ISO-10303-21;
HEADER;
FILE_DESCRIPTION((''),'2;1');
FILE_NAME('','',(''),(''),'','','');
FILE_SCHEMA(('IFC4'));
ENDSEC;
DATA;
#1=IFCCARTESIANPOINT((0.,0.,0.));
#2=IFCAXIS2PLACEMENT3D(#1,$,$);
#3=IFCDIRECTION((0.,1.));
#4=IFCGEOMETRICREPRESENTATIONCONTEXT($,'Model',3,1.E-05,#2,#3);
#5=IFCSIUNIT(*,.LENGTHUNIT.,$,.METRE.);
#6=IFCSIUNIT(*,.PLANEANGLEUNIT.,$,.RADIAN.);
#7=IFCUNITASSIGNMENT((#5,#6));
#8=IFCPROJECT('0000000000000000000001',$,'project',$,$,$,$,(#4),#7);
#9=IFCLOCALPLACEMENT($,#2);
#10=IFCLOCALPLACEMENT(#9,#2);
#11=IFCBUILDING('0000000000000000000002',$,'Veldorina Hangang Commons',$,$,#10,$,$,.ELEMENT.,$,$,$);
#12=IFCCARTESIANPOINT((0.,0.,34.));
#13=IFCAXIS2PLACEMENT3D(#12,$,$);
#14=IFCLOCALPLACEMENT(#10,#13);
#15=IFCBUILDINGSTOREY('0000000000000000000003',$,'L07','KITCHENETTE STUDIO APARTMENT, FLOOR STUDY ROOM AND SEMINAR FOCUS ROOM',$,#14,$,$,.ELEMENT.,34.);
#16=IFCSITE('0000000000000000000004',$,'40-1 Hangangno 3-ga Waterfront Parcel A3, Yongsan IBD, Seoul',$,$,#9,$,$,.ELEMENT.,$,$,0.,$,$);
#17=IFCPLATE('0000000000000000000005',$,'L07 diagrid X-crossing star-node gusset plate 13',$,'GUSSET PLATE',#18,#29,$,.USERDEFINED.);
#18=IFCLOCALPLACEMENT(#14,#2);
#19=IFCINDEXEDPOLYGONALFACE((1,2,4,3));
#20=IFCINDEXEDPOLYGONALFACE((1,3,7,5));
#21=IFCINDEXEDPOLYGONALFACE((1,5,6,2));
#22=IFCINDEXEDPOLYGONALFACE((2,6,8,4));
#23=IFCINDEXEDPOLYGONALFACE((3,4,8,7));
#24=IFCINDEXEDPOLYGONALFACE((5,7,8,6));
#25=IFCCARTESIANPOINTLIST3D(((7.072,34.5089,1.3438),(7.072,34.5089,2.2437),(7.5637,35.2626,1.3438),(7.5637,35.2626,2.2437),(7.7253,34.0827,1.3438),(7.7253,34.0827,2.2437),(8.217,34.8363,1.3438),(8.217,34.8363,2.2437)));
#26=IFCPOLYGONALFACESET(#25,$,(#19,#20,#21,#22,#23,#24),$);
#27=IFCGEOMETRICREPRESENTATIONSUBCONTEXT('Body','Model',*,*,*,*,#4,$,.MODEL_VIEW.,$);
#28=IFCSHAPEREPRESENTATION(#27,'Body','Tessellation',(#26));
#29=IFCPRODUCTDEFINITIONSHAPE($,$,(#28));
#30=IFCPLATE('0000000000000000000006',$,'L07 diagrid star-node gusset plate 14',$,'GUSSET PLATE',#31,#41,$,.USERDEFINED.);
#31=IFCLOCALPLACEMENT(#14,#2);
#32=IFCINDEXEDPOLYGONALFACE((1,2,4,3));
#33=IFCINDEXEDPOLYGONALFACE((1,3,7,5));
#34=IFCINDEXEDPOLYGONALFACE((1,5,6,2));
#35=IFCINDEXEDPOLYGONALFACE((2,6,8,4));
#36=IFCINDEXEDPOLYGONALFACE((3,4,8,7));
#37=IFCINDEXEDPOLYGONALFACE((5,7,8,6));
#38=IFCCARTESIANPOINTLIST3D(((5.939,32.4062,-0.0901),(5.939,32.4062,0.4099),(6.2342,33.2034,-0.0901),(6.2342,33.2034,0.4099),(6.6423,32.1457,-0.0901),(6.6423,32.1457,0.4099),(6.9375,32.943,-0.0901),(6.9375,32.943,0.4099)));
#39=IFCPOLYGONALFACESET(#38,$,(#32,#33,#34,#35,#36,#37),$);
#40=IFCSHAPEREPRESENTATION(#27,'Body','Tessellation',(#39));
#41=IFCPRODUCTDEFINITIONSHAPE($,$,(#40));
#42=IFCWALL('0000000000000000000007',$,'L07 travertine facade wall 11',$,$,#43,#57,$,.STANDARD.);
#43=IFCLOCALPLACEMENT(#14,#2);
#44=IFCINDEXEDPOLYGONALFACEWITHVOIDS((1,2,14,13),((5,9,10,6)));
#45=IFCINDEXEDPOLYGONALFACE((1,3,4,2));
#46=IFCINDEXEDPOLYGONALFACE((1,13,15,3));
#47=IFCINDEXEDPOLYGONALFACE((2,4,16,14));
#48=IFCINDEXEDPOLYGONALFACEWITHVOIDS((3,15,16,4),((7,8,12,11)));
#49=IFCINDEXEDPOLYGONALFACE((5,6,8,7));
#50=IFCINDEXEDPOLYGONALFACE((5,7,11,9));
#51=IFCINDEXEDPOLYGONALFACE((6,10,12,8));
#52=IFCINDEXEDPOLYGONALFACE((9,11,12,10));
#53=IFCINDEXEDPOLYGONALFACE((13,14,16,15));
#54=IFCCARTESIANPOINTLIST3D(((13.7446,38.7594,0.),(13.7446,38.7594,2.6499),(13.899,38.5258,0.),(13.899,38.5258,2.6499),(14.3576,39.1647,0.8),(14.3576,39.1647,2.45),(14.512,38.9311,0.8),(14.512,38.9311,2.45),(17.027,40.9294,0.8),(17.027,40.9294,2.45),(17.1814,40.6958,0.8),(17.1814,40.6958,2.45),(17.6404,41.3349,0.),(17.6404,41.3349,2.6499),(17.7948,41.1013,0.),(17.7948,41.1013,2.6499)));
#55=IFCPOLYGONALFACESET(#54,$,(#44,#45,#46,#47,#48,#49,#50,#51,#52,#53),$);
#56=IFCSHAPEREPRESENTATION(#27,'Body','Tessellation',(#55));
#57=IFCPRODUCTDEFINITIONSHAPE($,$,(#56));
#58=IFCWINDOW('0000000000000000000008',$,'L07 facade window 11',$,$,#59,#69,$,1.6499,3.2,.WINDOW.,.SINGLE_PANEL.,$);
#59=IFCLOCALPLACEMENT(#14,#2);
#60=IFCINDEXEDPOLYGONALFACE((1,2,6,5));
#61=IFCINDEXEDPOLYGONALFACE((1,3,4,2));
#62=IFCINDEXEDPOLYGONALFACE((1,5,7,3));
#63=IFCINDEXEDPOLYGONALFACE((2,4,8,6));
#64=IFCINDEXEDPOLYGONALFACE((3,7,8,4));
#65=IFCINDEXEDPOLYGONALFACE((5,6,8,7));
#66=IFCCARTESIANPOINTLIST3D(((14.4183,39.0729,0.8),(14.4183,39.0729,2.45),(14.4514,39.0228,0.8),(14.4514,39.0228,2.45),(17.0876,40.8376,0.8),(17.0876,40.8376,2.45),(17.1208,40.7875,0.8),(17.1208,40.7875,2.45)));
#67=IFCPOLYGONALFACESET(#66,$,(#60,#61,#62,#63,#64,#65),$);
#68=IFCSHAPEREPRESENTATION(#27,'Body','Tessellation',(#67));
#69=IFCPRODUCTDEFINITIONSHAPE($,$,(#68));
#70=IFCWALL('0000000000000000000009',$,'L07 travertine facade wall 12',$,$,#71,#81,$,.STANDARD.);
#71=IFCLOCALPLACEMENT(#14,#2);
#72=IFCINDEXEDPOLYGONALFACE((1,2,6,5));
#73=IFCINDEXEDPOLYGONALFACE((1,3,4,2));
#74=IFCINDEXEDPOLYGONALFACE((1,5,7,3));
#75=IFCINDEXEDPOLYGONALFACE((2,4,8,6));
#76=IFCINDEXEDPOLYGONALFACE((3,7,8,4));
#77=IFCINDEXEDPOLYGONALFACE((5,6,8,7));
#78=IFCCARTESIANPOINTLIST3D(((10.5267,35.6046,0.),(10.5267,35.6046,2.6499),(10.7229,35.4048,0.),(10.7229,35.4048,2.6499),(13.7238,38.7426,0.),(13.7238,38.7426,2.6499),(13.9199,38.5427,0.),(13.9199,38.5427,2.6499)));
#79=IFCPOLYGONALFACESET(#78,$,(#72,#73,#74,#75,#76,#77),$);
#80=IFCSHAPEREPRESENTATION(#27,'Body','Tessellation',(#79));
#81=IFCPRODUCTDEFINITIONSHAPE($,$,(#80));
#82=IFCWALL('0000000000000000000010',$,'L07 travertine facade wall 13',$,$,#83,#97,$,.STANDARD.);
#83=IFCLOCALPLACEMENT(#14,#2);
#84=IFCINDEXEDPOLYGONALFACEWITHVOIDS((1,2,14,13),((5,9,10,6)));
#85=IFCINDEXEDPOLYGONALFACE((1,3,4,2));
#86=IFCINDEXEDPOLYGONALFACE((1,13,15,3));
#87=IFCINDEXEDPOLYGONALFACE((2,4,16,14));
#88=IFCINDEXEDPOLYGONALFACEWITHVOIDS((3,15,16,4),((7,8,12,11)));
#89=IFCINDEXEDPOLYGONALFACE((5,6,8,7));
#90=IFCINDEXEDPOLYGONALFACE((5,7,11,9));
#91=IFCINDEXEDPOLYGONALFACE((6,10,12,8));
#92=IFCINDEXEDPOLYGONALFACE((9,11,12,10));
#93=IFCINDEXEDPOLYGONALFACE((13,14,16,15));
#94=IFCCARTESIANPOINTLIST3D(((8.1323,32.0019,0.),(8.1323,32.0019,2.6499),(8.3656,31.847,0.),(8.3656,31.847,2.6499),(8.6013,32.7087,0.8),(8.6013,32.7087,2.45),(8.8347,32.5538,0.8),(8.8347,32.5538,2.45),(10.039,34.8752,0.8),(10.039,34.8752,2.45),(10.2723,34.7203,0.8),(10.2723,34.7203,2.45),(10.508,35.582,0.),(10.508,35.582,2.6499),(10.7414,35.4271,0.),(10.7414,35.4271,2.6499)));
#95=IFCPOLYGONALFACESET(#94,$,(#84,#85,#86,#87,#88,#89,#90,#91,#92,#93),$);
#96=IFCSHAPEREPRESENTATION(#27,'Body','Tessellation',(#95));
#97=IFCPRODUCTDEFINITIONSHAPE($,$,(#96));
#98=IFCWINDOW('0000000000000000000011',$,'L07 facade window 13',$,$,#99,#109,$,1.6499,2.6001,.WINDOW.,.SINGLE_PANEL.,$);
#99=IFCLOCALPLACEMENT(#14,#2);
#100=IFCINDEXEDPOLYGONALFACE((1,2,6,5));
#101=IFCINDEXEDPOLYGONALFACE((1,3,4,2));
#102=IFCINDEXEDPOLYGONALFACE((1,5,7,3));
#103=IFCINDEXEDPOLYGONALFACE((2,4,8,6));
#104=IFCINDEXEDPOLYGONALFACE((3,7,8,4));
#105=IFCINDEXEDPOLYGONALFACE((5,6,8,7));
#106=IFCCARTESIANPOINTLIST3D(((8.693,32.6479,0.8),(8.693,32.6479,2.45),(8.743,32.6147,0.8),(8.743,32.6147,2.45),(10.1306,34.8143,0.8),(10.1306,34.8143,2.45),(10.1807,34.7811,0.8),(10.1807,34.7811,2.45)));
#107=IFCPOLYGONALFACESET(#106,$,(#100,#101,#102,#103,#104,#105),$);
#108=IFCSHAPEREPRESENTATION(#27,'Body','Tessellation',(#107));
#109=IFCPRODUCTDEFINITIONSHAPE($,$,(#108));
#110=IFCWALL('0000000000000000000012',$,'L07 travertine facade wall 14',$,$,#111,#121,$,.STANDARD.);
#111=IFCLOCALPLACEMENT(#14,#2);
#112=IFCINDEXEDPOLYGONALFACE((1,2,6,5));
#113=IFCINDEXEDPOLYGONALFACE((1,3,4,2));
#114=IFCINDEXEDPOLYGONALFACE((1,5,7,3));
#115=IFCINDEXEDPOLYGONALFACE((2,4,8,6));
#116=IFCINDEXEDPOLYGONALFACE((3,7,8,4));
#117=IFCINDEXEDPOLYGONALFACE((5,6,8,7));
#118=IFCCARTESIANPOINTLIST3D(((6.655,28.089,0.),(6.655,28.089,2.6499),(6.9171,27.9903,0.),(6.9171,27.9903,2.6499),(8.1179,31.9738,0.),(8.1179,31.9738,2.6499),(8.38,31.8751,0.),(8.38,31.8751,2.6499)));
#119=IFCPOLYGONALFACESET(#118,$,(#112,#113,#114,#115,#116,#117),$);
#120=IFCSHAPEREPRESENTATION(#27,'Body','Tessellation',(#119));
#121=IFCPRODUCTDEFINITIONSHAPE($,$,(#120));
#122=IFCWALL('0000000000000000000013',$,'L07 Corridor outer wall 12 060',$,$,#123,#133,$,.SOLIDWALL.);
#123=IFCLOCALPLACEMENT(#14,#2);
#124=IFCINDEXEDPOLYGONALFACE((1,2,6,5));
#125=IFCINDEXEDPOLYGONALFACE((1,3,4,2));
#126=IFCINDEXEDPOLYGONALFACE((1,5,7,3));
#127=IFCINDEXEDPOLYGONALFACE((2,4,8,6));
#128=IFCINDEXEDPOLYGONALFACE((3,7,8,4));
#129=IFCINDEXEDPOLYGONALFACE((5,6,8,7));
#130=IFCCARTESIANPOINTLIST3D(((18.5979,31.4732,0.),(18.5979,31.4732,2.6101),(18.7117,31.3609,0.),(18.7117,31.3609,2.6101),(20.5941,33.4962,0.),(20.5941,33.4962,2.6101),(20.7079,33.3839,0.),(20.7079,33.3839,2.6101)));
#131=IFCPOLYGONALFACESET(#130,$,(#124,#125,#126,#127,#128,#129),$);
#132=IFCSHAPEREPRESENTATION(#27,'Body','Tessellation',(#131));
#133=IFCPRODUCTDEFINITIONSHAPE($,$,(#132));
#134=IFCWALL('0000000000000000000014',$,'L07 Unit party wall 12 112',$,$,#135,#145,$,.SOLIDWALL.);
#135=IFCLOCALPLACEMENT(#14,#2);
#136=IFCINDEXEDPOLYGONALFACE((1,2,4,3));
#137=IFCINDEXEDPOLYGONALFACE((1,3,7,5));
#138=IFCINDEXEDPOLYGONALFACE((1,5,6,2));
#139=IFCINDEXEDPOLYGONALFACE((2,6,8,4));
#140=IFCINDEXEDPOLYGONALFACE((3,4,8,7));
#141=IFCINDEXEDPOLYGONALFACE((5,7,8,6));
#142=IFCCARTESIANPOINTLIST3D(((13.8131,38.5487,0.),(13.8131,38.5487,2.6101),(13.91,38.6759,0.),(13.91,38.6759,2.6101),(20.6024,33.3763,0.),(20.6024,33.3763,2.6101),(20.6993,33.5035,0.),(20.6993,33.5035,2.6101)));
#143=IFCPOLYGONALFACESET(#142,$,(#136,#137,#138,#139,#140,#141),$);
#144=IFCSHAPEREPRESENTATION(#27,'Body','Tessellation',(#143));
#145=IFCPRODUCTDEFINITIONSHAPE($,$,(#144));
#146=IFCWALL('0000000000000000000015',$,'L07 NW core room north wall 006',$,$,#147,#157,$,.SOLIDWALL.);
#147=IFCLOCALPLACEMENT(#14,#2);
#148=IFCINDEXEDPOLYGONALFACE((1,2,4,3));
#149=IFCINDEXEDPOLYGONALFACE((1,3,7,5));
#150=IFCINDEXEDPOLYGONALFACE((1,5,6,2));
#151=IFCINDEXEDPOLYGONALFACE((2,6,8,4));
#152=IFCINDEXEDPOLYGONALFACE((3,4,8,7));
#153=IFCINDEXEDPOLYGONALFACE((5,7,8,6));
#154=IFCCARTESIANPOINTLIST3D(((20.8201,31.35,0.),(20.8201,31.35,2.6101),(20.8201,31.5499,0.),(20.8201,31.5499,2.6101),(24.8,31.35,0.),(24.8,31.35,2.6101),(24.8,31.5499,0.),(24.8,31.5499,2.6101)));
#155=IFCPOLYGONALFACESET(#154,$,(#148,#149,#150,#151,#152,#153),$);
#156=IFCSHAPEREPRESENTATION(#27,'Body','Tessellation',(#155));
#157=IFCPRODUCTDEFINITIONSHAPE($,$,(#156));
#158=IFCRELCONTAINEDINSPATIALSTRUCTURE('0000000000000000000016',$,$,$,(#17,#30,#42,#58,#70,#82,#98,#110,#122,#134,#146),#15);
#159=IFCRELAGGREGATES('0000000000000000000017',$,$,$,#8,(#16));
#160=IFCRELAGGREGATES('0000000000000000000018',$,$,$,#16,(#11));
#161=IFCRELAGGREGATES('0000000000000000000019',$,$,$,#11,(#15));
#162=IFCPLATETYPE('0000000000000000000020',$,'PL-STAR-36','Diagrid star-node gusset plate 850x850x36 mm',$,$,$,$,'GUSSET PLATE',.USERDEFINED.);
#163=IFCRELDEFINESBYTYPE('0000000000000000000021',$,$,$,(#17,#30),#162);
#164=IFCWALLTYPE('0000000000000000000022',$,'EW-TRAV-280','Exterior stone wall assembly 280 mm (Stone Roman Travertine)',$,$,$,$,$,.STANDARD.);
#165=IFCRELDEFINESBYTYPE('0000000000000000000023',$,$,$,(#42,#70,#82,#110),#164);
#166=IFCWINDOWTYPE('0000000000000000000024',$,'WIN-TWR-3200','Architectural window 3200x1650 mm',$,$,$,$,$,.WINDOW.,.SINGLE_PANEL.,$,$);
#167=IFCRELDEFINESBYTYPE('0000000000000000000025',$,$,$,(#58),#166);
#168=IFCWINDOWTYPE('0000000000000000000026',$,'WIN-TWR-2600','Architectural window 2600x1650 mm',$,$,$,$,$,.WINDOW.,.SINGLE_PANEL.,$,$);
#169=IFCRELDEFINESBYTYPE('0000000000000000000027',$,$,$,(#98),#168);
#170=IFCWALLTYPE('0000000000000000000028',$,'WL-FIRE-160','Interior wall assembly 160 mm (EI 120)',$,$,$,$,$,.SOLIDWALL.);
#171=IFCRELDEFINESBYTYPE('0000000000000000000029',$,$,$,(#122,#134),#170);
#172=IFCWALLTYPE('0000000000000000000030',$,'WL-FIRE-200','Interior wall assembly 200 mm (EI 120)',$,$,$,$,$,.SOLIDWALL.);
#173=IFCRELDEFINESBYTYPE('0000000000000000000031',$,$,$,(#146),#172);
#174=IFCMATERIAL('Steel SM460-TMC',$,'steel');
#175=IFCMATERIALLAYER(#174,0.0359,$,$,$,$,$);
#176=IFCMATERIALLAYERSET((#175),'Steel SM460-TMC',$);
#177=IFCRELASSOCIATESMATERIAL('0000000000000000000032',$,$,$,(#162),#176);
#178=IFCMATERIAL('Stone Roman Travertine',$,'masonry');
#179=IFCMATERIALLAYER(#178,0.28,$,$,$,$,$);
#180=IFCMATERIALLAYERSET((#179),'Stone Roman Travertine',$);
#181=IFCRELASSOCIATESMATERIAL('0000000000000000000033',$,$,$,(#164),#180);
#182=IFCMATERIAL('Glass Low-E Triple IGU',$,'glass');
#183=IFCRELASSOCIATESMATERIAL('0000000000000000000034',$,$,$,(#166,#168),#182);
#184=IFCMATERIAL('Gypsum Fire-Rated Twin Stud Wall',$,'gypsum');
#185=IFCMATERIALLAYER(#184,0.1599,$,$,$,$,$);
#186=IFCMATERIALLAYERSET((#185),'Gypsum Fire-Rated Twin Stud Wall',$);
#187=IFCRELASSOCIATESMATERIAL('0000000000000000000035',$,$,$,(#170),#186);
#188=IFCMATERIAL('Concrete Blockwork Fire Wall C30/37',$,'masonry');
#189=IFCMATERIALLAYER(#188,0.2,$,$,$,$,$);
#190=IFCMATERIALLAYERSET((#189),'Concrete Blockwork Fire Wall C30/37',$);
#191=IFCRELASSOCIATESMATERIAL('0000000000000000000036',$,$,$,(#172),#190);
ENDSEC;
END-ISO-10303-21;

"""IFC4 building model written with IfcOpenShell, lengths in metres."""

from ifc_helpers import new_model, si_unit, direction, frame, frame_2d, origin, origin_2d, place, context, subcontext, project, spatial, rectangle, extrude, material, layer, layer_set, type_object, element, fill, save


model = new_model("IFC4")

# Units and contexts
model_context = context("Model", 3, precision=1e-05, world=origin(), true_north=direction((0.0, 1.0)))
body_context = subcontext(model_context, "Body", "Model", "MODEL_VIEW")
ifc_project = project(units=[si_unit("LENGTHUNIT", "METRE"), si_unit("PLANEANGLEUNIT", "RADIAN")], contexts=[model_context])

# Site, building, storey
site_placement = place(None, origin())
site = spatial("IfcSite", under=ifc_project, at=site_placement, Name="40-1 Hangangno 3-ga Waterfront Parcel A3, Yongsan IBD, Seoul", CompositionType="ELEMENT", RefElevation=0.0)
building_placement = place(site_placement, origin())
building = spatial("IfcBuilding", under=site, at=building_placement, Name="Veldorina Hangang Commons", CompositionType="ELEMENT")
storey_placement = place(building_placement, frame((0.0, 0.0, 34.0)))
storey = spatial("IfcBuildingStorey", under=building, at=storey_placement, Name="L07", Description="KITCHENETTE STUDIO APARTMENT, FLOOR STUDY ROOM AND SEMINAR FOCUS ROOM", CompositionType="ELEMENT", Elevation=34.0)

# Shared definitions
ifc_material_1 = material(Name="Steel SM460-TMC", Category="steel")

# Plates
ifc_layer_1 = layer(ifc_material_1, 0.0359)
ifc_layer_set_1 = layer_set([ifc_layer_1], Name="Steel SM460-TMC")
plate_type = type_object("IfcPlateType", Name="PL-STAR-36", Description="Diagrid star-node gusset plate 850x850x36 mm", ElementType="GUSSET PLATE", PredefinedType="USERDEFINED", material=ifc_layer_set_1)
plate_1_placement = place(storey_placement, frame((7.6445, 34.6726, 1.3438), z_axis=(0.0, 0.0, 1.0), x_axis=(-0.546409, -0.837519, 0.0)))
element("IfcPlate", 1, at=plate_1_placement, inside=storey, type_object=plate_type, Name="L07 diagrid X-crossing star-node gusset plate 13", ObjectType="GUSSET PLATE", PredefinedType="USERDEFINED", context=body_context, shape_type="SweptSolid", body=[
    extrude(rectangle(XDim=0.8999, YDim=0.78, at=origin_2d()), origin(), (0.0, 0.0, 1.0), 0.8999),
])
plate_2_placement = place(storey_placement, frame((6.4382, 32.6746, -0.0901), z_axis=(0.0, 0.0, 1.0), x_axis=(-0.34723, -0.93778, 0.0)))
element("IfcPlate", 2, at=plate_2_placement, inside=storey, type_object=plate_type, Name="L07 diagrid star-node gusset plate 14", ObjectType="GUSSET PLATE", PredefinedType="USERDEFINED", context=body_context, shape_type="SweptSolid", body=[
    extrude(rectangle(XDim=0.8501, YDim=0.75, at=origin_2d()), origin(), (0.0, 0.0, 1.0), 0.5),
])

# Wall, opening, window
ifc_material_2 = material(Name="Stone Roman Travertine", Category="masonry")
ifc_layer_2 = layer(ifc_material_2, 0.28)
ifc_layer_set_2 = layer_set([ifc_layer_2], Name="Stone Roman Travertine")
wall_type_1 = type_object("IfcWallType", Name="EW-TRAV-280", Description="Exterior stone wall assembly 280 mm (Stone Roman Travertine)", PredefinedType="STANDARD", material=ifc_layer_set_2)
wall_1_placement = place(storey_placement, frame((17.7175, 41.218, 0.0), z_axis=(0.0, 0.0, 1.0), x_axis=(-0.834191, -0.551475, 0.0)))
wall_1 = element("IfcWall", 3, at=wall_1_placement, inside=storey, type_object=wall_type_1, Name="L07 travertine facade wall 11", PredefinedType="STANDARD", context=body_context, shape_type="SweptSolid", body=[
    extrude(rectangle(XDim=4.6702, YDim=0.28, at=frame_2d((2.335, 0.0))), origin(), (0.0, 0.0, 1.0), 2.6499),
])
opening_1_placement = place(wall_1_placement, frame((0.7351, 0.0, 0.8)))
opening_1 = element("IfcOpeningElement", 4, at=opening_1_placement, cuts=wall_1, PredefinedType="OPENING", context=body_context, shape_type="SweptSolid", body=[
    extrude(rectangle(XDim=3.2, YDim=1.6499, at=frame_2d((1.6001, 0.825))), frame((0.0, 0.1499, 0.0), z_axis=(0.0, -1.0, 0.0), x_axis=(1.0, 0.0, 0.0)), (0.0, 0.0, 1.0), 0.3),
])
ifc_material_3 = material(Name="Glass Low-E Triple IGU", Category="glass")
window_type_1 = type_object("IfcWindowType", Name="WIN-TWR-3200", Description="Architectural window 3200x1650 mm", PartitioningType="SINGLE_PANEL", PredefinedType="WINDOW", material=ifc_material_3)
window_1_placement = place(opening_1_placement, origin())
window_1 = element("IfcWindow", 5, at=window_1_placement, inside=storey, type_object=window_type_1, Name="L07 facade window 11", OverallHeight=1.6499, OverallWidth=3.2, PartitioningType="SINGLE_PANEL", PredefinedType="WINDOW", context=body_context, shape_type="SweptSolid", body=[
    extrude(rectangle(XDim=3.2, YDim=1.6499, at=frame_2d((1.6001, 0.825))), frame((0.0, 0.03, 0.0), z_axis=(0.0, -1.0, 0.0), x_axis=(1.0, 0.0, 0.0)), (0.0, 0.0, 1.0), 0.0601),
])
fill(opening_1, window_1)

# Wall
wall_2_placement = place(storey_placement, frame((13.8218, 38.6426, 0.0), z_axis=(0.0, 0.0, 1.0), x_axis=(-0.71367, -0.700482, 0.0)))
element("IfcWall", 6, at=wall_2_placement, inside=storey, type_object=wall_type_1, Name="L07 travertine facade wall 12", PredefinedType="STANDARD", context=body_context, shape_type="SweptSolid", body=[
    extrude(rectangle(XDim=4.4797, YDim=0.28, at=frame_2d((2.2397, 0.0))), origin(), (0.0, 0.0, 1.0), 2.6499),
])

# Wall, opening, window
wall_3_placement = place(storey_placement, frame((10.6248, 35.5046, 0.0), z_axis=(0.0, 0.0, 1.0), x_axis=(-0.552929, -0.833229, 0.0)))
wall_3 = element("IfcWall", 7, at=wall_3_placement, inside=storey, type_object=wall_type_1, Name="L07 travertine facade wall 13", PredefinedType="STANDARD", context=body_context, shape_type="SweptSolid", body=[
    extrude(rectangle(XDim=4.2966, YDim=0.28, at=frame_2d((2.1484, 0.0))), origin(), (0.0, 0.0, 1.0), 2.6499),
])
opening_2_placement = place(wall_3_placement, frame((0.8484, 0.0, 0.8)))
opening_2 = element("IfcOpeningElement", 8, at=opening_2_placement, cuts=wall_3, PredefinedType="OPENING", context=body_context, shape_type="SweptSolid", body=[
    extrude(rectangle(XDim=2.6001, YDim=1.6499, at=frame_2d((1.3, 0.825))), frame((0.0, 0.1499, 0.0), z_axis=(0.0, -1.0, 0.0), x_axis=(1.0, 0.0, 0.0)), (0.0, 0.0, 1.0), 0.3),
])
window_type_2 = type_object("IfcWindowType", Name="WIN-TWR-2600", Description="Architectural window 2600x1650 mm", PartitioningType="SINGLE_PANEL", PredefinedType="WINDOW", material=ifc_material_3)
window_2_placement = place(opening_2_placement, origin())
window_2 = element("IfcWindow", 9, at=window_2_placement, inside=storey, type_object=window_type_2, Name="L07 facade window 13", OverallHeight=1.6499, OverallWidth=2.6001, PartitioningType="SINGLE_PANEL", PredefinedType="WINDOW", context=body_context, shape_type="SweptSolid", body=[
    extrude(rectangle(XDim=2.6001, YDim=1.6499, at=frame_2d((1.3, 0.825))), frame((0.0, 0.03, 0.0), z_axis=(0.0, -1.0, 0.0), x_axis=(1.0, 0.0, 0.0)), (0.0, 0.0, 1.0), 0.0601),
])
fill(opening_2, window_2)

# Walls
wall_4_placement = place(storey_placement, frame((8.249, 31.9246, 0.0), z_axis=(0.0, 0.0, 1.0), x_axis=(-0.352412, -0.935845, 0.0)))
element("IfcWall", 10, at=wall_4_placement, inside=storey, type_object=wall_type_1, Name="L07 travertine facade wall 14", PredefinedType="STANDARD", context=body_context, shape_type="SweptSolid", body=[
    extrude(rectangle(XDim=4.1511, YDim=0.28, at=frame_2d((2.0757, 0.0))), origin(), (0.0, 0.0, 1.0), 2.6499),
])
ifc_material_4 = material(Name="Gypsum Fire-Rated Twin Stud Wall", Category="gypsum")
ifc_layer_3 = layer(ifc_material_4, 0.1599)
ifc_layer_set_3 = layer_set([ifc_layer_3], Name="Gypsum Fire-Rated Twin Stud Wall")
wall_type_2 = type_object("IfcWallType", Name="WL-FIRE-160", Description="Interior wall assembly 160 mm (EI 120)", PredefinedType="SOLIDWALL", material=ifc_layer_set_3)
wall_5_placement = place(storey_placement, frame((20.6509, 33.4399, 0.0), z_axis=(0.0, 0.0, 1.0), x_axis=(-0.702366, -0.711816, 0.0)))
element("IfcWall", 11, at=wall_5_placement, inside=storey, type_object=wall_type_2, Name="L07 Corridor outer wall 12 060", PredefinedType="SOLIDWALL", context=body_context, shape_type="SweptSolid", body=[
    extrude(rectangle(XDim=2.842, YDim=0.1599, at=frame_2d((1.4209, 0.0))), origin(), (0.0, 0.0, 1.0), 2.6101),
])
wall_6_placement = place(storey_placement, frame((20.6509, 33.4399, 0.0), z_axis=(0.0, 0.0, 1.0), x_axis=(-0.795457, 0.60601, 0.0)))
element("IfcWall", 12, at=wall_6_placement, inside=storey, type_object=wall_type_2, Name="L07 Unit party wall 12 112", PredefinedType="SOLIDWALL", context=body_context, shape_type="SweptSolid", body=[
    extrude(rectangle(XDim=8.5352, YDim=0.1599, at=frame_2d((4.2676, 0.0))), origin(), (0.0, 0.0, 1.0), 2.6101),
])
ifc_material_5 = material(Name="Concrete Blockwork Fire Wall C30/37", Category="masonry")
ifc_layer_4 = layer(ifc_material_5, 0.2)
ifc_layer_set_4 = layer_set([ifc_layer_4], Name="Concrete Blockwork Fire Wall C30/37")
wall_type_3 = type_object("IfcWallType", Name="WL-FIRE-200", Description="Interior wall assembly 200 mm (EI 120)", PredefinedType="SOLIDWALL", material=ifc_layer_set_4)
wall_7_placement = place(storey_placement, frame((20.8201, 31.45, 0.0), z_axis=(0.0, 0.0, 1.0), x_axis=(1.0, 0.0, 0.0)))
element("IfcWall", 13, at=wall_7_placement, inside=storey, type_object=wall_type_3, Name="L07 NW core room north wall 006", PredefinedType="SOLIDWALL", context=body_context, shape_type="SweptSolid", body=[
    extrude(rectangle(XDim=3.98, YDim=0.2, at=frame_2d((1.99, 0.0))), origin(), (0.0, 0.0, 1.0), 2.6101),
])

save(model, "model.ifc")
